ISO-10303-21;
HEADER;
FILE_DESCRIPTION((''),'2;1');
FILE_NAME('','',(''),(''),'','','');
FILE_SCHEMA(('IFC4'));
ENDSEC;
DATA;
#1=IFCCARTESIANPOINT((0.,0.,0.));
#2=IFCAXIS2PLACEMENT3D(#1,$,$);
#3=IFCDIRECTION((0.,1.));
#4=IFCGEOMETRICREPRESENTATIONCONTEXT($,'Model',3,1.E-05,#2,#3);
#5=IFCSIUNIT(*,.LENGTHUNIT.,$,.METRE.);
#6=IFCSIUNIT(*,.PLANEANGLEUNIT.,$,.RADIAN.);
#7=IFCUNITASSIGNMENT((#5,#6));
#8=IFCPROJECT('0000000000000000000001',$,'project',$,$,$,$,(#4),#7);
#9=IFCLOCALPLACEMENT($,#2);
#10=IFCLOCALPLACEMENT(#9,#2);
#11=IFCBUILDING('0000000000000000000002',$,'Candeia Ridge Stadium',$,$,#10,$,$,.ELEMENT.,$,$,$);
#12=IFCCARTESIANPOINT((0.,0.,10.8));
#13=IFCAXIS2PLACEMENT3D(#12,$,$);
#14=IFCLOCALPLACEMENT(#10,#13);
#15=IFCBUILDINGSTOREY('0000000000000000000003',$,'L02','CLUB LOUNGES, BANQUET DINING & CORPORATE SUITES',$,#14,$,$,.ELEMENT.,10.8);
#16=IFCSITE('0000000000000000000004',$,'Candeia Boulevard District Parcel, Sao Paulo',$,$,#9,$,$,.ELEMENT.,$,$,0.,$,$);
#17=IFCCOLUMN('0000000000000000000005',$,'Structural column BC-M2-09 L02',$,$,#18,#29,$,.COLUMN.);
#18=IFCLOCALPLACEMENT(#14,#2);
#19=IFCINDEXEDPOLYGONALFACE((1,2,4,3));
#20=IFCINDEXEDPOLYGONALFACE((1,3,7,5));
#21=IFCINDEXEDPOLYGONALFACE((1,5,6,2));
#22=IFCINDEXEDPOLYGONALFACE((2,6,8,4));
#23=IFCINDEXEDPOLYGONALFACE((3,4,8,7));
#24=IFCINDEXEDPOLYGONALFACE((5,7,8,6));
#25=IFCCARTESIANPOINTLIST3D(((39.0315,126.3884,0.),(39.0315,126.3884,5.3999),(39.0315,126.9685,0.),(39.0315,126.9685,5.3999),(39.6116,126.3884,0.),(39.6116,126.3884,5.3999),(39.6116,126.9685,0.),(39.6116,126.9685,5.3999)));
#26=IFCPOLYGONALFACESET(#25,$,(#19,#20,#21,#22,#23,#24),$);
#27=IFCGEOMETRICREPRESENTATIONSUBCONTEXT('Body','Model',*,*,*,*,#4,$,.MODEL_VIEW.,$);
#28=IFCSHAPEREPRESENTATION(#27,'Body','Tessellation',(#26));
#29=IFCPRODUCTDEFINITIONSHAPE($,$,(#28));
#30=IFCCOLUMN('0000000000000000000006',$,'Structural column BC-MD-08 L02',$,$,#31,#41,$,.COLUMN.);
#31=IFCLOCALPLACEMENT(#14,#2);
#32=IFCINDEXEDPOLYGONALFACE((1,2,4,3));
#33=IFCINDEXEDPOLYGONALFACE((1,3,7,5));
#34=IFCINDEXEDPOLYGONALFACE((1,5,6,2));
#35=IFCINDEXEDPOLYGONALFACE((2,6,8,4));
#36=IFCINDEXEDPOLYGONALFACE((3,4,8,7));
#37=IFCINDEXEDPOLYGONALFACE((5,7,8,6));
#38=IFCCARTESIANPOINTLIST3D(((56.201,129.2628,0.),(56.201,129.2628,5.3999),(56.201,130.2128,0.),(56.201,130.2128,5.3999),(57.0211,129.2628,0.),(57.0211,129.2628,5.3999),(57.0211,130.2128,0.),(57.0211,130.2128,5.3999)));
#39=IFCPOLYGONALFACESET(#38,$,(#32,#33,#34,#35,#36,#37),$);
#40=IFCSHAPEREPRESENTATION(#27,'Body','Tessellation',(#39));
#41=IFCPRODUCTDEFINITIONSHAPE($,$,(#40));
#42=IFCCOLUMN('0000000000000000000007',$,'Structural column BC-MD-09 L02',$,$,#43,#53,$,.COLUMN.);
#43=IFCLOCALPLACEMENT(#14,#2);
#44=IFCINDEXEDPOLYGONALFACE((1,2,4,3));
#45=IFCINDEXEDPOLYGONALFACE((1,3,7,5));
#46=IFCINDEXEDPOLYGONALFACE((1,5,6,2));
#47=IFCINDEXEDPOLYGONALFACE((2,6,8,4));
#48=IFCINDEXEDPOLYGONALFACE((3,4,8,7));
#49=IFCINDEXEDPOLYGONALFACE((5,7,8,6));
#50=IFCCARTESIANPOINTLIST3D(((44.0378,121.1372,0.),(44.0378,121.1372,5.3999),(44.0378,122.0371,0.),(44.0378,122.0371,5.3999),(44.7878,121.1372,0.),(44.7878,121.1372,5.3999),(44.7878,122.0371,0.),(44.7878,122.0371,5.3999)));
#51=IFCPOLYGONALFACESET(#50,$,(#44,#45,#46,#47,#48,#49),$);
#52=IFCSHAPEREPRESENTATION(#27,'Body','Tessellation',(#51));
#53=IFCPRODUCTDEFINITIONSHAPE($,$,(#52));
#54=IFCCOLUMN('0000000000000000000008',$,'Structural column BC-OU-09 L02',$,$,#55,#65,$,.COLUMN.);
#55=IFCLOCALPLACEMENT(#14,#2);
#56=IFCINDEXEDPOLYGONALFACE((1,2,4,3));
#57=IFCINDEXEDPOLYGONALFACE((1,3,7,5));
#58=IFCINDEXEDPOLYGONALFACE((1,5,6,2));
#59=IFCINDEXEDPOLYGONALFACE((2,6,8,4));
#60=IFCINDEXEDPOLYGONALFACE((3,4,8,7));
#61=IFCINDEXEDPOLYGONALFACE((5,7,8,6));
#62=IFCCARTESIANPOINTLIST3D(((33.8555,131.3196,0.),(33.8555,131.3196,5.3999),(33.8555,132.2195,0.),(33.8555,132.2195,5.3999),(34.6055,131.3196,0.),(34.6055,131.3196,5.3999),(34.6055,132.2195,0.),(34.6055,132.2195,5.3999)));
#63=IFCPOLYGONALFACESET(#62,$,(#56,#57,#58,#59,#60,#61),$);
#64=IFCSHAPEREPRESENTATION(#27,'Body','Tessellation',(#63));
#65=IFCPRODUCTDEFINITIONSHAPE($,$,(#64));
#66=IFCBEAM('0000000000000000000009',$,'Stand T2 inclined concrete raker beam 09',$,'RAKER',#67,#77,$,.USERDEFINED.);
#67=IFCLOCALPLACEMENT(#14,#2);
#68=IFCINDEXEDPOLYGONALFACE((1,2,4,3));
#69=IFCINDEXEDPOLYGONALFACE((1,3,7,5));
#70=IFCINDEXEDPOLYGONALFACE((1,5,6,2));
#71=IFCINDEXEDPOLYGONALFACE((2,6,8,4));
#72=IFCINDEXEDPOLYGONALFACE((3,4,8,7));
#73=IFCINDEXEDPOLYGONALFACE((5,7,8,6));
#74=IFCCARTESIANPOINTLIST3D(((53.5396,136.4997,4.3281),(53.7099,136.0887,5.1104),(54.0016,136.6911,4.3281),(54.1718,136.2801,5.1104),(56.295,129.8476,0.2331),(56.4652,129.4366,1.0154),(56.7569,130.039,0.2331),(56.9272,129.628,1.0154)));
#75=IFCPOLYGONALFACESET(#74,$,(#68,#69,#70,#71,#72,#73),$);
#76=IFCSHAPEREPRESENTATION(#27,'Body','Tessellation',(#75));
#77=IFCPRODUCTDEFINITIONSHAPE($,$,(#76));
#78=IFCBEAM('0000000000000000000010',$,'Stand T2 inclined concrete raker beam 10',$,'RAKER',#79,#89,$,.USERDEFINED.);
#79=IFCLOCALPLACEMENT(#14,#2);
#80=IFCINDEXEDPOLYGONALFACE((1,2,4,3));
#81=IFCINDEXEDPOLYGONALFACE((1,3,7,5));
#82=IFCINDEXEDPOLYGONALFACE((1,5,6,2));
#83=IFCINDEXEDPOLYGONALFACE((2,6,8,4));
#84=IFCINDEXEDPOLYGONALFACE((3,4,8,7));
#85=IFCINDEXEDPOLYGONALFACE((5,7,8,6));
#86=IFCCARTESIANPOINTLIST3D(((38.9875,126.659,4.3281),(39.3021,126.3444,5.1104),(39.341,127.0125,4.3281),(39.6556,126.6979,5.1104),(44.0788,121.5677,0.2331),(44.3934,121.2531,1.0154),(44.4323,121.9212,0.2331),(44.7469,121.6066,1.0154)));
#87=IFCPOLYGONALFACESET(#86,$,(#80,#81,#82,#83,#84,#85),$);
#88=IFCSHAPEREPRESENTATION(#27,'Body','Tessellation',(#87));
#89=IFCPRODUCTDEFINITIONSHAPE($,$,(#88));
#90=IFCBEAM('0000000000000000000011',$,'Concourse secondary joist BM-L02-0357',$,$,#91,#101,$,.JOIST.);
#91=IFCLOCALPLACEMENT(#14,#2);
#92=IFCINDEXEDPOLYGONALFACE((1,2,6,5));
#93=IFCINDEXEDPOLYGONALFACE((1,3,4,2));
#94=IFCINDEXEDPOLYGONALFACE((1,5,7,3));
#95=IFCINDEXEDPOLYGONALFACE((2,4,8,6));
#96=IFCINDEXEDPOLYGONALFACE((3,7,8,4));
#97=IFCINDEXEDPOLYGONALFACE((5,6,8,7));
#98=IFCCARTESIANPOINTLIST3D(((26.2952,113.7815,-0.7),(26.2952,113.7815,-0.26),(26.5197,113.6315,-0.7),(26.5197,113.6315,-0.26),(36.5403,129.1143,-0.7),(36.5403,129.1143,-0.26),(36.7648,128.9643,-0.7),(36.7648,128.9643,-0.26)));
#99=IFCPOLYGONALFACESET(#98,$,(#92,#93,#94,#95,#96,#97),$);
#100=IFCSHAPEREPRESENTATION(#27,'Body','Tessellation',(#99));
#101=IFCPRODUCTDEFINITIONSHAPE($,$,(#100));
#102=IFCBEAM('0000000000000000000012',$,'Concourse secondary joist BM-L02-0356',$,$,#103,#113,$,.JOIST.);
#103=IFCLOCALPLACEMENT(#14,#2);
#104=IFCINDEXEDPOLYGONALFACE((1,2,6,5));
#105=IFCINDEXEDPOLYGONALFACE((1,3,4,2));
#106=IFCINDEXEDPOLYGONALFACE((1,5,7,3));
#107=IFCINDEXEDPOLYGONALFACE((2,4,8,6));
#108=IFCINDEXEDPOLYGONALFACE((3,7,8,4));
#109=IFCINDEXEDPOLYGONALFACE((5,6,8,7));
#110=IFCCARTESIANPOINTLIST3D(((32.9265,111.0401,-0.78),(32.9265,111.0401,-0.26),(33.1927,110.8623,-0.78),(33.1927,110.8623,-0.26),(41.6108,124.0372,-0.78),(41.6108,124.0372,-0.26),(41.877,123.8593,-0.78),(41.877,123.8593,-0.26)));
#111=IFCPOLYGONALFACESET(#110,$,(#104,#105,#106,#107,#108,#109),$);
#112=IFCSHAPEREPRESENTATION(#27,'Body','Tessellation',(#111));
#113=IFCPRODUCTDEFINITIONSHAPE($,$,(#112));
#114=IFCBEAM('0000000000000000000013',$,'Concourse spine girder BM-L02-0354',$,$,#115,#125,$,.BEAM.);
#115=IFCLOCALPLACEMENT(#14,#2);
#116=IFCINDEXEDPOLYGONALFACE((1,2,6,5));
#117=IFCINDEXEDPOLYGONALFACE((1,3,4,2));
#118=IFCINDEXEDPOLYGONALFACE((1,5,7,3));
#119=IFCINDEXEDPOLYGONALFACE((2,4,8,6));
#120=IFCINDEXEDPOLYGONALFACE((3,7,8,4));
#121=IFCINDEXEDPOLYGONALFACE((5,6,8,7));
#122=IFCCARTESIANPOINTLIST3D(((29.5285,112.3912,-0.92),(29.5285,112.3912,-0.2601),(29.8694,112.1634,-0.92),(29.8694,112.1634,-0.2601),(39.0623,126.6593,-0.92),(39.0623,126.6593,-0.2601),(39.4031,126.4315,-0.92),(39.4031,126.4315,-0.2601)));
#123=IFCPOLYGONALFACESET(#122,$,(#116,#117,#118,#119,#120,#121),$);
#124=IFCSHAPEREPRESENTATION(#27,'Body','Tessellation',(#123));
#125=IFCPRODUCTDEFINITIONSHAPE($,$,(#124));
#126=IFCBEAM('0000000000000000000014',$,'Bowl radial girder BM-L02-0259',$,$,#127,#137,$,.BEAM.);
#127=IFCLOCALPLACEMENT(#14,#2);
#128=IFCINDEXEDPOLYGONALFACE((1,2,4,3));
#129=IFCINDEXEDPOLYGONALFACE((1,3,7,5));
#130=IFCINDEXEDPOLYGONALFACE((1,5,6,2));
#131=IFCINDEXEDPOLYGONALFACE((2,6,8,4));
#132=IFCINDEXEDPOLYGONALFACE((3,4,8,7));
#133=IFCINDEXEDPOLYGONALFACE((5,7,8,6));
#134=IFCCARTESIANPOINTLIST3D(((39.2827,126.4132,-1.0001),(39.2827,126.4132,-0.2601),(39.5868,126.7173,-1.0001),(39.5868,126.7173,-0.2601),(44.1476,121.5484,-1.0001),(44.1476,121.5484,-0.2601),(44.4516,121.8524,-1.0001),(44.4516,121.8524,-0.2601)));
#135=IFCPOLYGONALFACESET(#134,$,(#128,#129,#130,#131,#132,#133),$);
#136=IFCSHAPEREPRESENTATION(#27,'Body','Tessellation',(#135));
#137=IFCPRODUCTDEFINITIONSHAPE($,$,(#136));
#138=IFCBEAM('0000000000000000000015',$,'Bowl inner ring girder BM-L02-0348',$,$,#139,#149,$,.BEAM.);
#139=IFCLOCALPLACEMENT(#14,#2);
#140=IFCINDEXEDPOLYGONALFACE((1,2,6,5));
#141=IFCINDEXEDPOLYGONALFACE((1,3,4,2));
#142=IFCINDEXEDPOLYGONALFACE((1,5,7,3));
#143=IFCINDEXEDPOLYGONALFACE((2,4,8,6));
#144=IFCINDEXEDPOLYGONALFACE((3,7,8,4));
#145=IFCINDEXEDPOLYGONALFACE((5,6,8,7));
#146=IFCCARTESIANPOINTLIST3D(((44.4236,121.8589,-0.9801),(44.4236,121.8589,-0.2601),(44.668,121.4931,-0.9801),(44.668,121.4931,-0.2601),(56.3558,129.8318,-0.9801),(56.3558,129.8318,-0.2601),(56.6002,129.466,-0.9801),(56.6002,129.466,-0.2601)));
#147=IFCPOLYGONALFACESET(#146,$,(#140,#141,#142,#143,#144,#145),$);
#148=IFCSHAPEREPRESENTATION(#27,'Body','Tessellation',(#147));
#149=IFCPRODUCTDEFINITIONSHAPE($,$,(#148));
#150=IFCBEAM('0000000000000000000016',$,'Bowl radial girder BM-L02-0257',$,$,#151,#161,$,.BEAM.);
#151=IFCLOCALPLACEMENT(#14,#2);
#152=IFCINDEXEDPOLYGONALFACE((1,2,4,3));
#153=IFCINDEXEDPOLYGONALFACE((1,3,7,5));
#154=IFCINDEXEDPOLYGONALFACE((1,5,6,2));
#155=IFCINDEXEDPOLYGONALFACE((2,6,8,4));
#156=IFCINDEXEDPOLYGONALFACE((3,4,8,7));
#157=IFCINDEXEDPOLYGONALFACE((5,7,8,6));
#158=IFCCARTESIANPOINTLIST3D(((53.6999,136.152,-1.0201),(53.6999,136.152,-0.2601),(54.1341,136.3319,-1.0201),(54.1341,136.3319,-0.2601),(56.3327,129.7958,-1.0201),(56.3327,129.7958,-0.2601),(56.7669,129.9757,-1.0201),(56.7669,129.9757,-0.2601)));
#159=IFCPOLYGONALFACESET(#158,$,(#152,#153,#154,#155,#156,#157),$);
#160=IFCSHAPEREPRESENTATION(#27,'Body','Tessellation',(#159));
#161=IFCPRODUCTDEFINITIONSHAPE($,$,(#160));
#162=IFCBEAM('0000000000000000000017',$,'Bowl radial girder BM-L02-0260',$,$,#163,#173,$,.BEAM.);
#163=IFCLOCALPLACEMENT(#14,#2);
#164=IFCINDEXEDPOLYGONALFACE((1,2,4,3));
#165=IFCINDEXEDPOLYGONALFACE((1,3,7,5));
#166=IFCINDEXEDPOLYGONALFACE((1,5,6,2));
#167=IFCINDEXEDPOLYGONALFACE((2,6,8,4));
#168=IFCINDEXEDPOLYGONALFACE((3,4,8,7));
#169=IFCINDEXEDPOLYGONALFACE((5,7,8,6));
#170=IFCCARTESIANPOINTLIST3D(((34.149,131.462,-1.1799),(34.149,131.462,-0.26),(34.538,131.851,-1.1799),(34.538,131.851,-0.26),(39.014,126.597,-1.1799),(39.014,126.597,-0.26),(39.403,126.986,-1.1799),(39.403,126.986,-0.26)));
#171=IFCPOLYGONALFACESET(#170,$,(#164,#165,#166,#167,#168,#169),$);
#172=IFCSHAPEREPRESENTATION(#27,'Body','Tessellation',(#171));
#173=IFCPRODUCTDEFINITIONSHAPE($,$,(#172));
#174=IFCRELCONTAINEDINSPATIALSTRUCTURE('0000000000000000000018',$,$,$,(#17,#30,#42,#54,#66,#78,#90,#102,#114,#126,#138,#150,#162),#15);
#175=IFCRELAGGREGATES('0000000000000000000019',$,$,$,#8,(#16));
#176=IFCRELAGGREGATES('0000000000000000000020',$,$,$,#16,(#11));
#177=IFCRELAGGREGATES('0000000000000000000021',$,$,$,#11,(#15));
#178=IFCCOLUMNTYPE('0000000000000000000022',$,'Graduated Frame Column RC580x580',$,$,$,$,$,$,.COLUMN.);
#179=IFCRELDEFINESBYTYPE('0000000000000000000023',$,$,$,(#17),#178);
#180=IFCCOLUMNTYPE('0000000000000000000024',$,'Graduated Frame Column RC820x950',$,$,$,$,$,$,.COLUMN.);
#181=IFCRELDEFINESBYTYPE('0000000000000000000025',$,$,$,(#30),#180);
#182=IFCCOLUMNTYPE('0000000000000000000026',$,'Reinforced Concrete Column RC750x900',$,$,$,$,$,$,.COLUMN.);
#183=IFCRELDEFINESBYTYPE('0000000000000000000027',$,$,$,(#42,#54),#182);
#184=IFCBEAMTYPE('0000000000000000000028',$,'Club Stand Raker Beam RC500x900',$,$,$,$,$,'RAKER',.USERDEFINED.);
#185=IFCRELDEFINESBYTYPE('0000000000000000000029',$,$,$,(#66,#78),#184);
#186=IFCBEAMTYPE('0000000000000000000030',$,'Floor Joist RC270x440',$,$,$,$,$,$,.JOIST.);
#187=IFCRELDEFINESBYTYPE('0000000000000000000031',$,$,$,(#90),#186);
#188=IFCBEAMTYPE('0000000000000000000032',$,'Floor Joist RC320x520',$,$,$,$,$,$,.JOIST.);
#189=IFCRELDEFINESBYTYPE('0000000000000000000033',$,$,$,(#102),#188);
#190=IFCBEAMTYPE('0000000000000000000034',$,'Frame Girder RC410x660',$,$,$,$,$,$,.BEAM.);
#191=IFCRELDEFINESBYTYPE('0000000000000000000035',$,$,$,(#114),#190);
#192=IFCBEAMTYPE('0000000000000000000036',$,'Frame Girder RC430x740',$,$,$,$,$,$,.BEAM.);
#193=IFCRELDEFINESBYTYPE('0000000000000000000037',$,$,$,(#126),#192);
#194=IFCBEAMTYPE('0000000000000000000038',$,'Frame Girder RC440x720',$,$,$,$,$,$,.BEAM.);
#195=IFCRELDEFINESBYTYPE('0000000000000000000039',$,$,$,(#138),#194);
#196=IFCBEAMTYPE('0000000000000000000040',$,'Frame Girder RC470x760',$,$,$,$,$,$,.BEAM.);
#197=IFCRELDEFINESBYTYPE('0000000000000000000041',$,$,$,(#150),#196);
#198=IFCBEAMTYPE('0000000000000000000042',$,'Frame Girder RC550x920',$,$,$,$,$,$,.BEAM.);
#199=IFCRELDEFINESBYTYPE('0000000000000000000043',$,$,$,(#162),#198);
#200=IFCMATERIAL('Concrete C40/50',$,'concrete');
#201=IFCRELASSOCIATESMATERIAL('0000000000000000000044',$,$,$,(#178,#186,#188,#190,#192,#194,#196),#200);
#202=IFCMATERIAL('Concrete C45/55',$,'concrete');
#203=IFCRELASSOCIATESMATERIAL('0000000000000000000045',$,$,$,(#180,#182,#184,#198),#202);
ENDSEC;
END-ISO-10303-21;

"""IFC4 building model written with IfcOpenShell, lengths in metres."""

from ifc_helpers import new_model, si_unit, direction, frame, origin, origin_2d, place, context, subcontext, project, spatial, rectangle, extrude, material, material_profile, profile_set, type_object, element, save


model = new_model("IFC4")

# Units and contexts
model_context = context("Model", 3, precision=1e-05, world=origin(), true_north=direction((0.0, 1.0)))
body_context = subcontext(model_context, "Body", "Model", "MODEL_VIEW")
ifc_project = project(units=[si_unit("LENGTHUNIT", "METRE"), si_unit("PLANEANGLEUNIT", "RADIAN")], contexts=[model_context])

# Site, building, storey
site_placement = place(None, origin())
site = spatial("IfcSite", under=ifc_project, at=site_placement, Name="Candeia Boulevard District Parcel, Sao Paulo", CompositionType="ELEMENT", RefElevation=0.0)
building_placement = place(site_placement, origin())
building = spatial("IfcBuilding", under=site, at=building_placement, Name="Candeia Ridge Stadium", CompositionType="ELEMENT")
storey_placement = place(building_placement, frame((0.0, 0.0, 10.8)))
storey = spatial("IfcBuildingStorey", under=building, at=storey_placement, Name="L02", Description="CLUB LOUNGES, BANQUET DINING & CORPORATE SUITES", CompositionType="ELEMENT", Elevation=10.8)

# Columns
ifc_material_1 = material(Name="Concrete C40/50", Category="concrete")
ifc_material_profile_1 = material_profile(ifc_material_1, rectangle(XDim=0.5801, YDim=0.5801, at=origin_2d()), Name="RC580x580", Category="concrete")
ifc_profile_set_1 = profile_set([ifc_material_profile_1], Name="Concrete C40/50")
column_type_1 = type_object("IfcColumnType", Name="Graduated Frame Column RC580x580", PredefinedType="COLUMN", material=ifc_profile_set_1)
column_1_placement = place(storey_placement, frame((39.3215, 126.6785, 0.0), z_axis=(0.0, 0.0, 1.0), x_axis=(1.0, 0.0, 0.0)))
element("IfcColumn", 1, at=column_1_placement, inside=storey, type_object=column_type_1, Name="Structural column BC-M2-09 L02", PredefinedType="COLUMN", context=body_context, shape_type="SweptSolid", body=[
    extrude(rectangle(XDim=0.5801, YDim=0.5801, at=origin_2d()), origin(), (0.0, 0.0, 1.0), 5.3999),
])
ifc_material_2 = material(Name="Concrete C45/55", Category="concrete")
ifc_material_profile_2 = material_profile(ifc_material_2, rectangle(XDim=0.8201, YDim=0.95, at=origin_2d()), Name="RC820x950", Category="concrete")
ifc_profile_set_2 = profile_set([ifc_material_profile_2], Name="Concrete C45/55")
column_type_2 = type_object("IfcColumnType", Name="Graduated Frame Column RC820x950", PredefinedType="COLUMN", material=ifc_profile_set_2)
column_2_placement = place(storey_placement, frame((56.6111, 129.7378, 0.0), z_axis=(0.0, 0.0, 1.0), x_axis=(1.0, 0.0, 0.0)))
element("IfcColumn", 2, at=column_2_placement, inside=storey, type_object=column_type_2, Name="Structural column BC-MD-08 L02", PredefinedType="COLUMN", context=body_context, shape_type="SweptSolid", body=[
    extrude(rectangle(XDim=0.8201, YDim=0.95, at=origin_2d()), origin(), (0.0, 0.0, 1.0), 5.3999),
])
ifc_material_profile_3 = material_profile(ifc_material_2, rectangle(XDim=0.75, YDim=0.8999, at=origin_2d()), Name="RC750x900", Category="concrete")
ifc_profile_set_3 = profile_set([ifc_material_profile_3], Name="Concrete C45/55")
column_type_3 = type_object("IfcColumnType", Name="Reinforced Concrete Column RC750x900", PredefinedType="COLUMN", material=ifc_profile_set_3)
for number, where, z_axis, x_axis, name in (
    (3, (44.4128, 121.5872, 0.0), (0.0, 0.0, 1.0), (1.0, 0.0, 0.0), "Structural column BC-MD-09 L02"),
    (4, (34.2305, 131.7695, 0.0), (0.0, 0.0, 1.0), (1.0, 0.0, 0.0), "Structural column BC-OU-09 L02"),
):
    element("IfcColumn", number, at=place(storey_placement, frame(where, z_axis=z_axis, x_axis=x_axis)), inside=storey, type_object=column_type_3, Name=name, PredefinedType="COLUMN", context=body_context, shape_type="SweptSolid", body=[
        extrude(rectangle(XDim=0.75, YDim=0.8999, at=origin_2d()), origin(), (0.0, 0.0, 1.0), 5.3999),
    ])

# Beams
ifc_material_profile_4 = material_profile(ifc_material_2, rectangle(XDim=0.5, YDim=0.8999, at=origin_2d()), Name="RC500x900", Category="concrete")
ifc_profile_set_4 = profile_set([ifc_material_profile_4], Name="Concrete C45/55")
beam_type_1 = type_object("IfcBeamType", Name="Club Stand Raker Beam RC500x900", ElementType="RAKER", PredefinedType="USERDEFINED", material=ifc_profile_set_4)
for number, where, z_axis, x_axis, name in (
    (5, (56.6111, 129.7378, 0.6243), (-0.332646, 0.803084, 0.494371), (-0.92388, -0.382681, 0.0), "Stand T2 inclined concrete raker beam 09"),
    (6, (44.4128, 121.5872, 0.6243), (-0.614654, 0.614654, 0.49437), (-0.707107, -0.707107, 0.0), "Stand T2 inclined concrete raker beam 10"),
):
    element("IfcBeam", number, at=place(storey_placement, frame(where, z_axis=z_axis, x_axis=x_axis)), inside=storey, type_object=beam_type_1, Name=name, ObjectType="RAKER", PredefinedType="USERDEFINED", context=body_context, shape_type="SweptSolid", body=[
        extrude(rectangle(XDim=0.5, YDim=0.8999, at=origin_2d()), origin(), (0.0, 0.0, 1.0), 8.2832),
    ])
ifc_material_profile_5 = material_profile(ifc_material_1, rectangle(XDim=0.27, YDim=0.4399, at=origin_2d()), Name="RC270x440", Category="concrete")
ifc_profile_set_5 = profile_set([ifc_material_profile_5], Name="Concrete C40/50")
beam_type_2 = type_object("IfcBeamType", Name="Floor Joist RC270x440", PredefinedType="JOIST", material=ifc_profile_set_5)
beam_1_placement = place(storey_placement, frame((36.6526, 129.0393, -0.48), z_axis=(-0.555574, -0.831467, 0.0), x_axis=(0.831467, -0.555574, 0.0)))
element("IfcBeam", 7, at=beam_1_placement, inside=storey, type_object=beam_type_2, Name="Concourse secondary joist BM-L02-0357", PredefinedType="JOIST", context=body_context, shape_type="SweptSolid", body=[
    extrude(rectangle(XDim=0.27, YDim=0.4399, at=origin_2d()), origin(), (0.0, 0.0, 1.0), 18.4407),
])
ifc_material_profile_6 = material_profile(ifc_material_1, rectangle(XDim=0.3201, YDim=0.52, at=origin_2d()), Name="RC320x520", Category="concrete")
ifc_profile_set_6 = profile_set([ifc_material_profile_6], Name="Concrete C40/50")
beam_type_3 = type_object("IfcBeamType", Name="Floor Joist RC320x520", PredefinedType="JOIST", material=ifc_profile_set_6)
beam_2_placement = place(storey_placement, frame((41.7439, 123.9482, -0.52), z_axis=(-0.555569, -0.831471, 0.0), x_axis=(0.831471, -0.555569, 0.0)))
element("IfcBeam", 8, at=beam_2_placement, inside=storey, type_object=beam_type_3, Name="Concourse secondary joist BM-L02-0356", PredefinedType="JOIST", context=body_context, shape_type="SweptSolid", body=[
    extrude(rectangle(XDim=0.3201, YDim=0.52, at=origin_2d()), origin(), (0.0, 0.0, 1.0), 15.6313),
])
ifc_material_profile_7 = material_profile(ifc_material_1, rectangle(XDim=0.4099, YDim=0.6599, at=origin_2d()), Name="RC410x660", Category="concrete")
ifc_profile_set_7 = profile_set([ifc_material_profile_7], Name="Concrete C40/50")
beam_type_4 = type_object("IfcBeamType", Name="Frame Girder RC410x660", PredefinedType="BEAM", material=ifc_profile_set_7)
beam_3_placement = place(storey_placement, frame((39.2327, 126.5454, -0.5901), z_axis=(-0.555573, -0.831468, 0.0), x_axis=(0.831468, -0.555573, 0.0)))
element("IfcBeam", 9, at=beam_3_placement, inside=storey, type_object=beam_type_4, Name="Concourse spine girder BM-L02-0354", PredefinedType="BEAM", context=body_context, shape_type="SweptSolid", body=[
    extrude(rectangle(XDim=0.4099, YDim=0.6599, at=origin_2d()), origin(), (0.0, 0.0, 1.0), 17.1602),
])
ifc_material_profile_8 = material_profile(ifc_material_1, rectangle(XDim=0.4299, YDim=0.74, at=origin_2d()), Name="RC430x740", Category="concrete")
ifc_profile_set_8 = profile_set([ifc_material_profile_8], Name="Concrete C40/50")
beam_type_5 = type_object("IfcBeamType", Name="Frame Girder RC430x740", PredefinedType="BEAM", material=ifc_profile_set_8)
beam_4_placement = place(storey_placement, frame((44.2996, 121.7004, -0.6301), z_axis=(-0.707107, 0.707107, 0.0), x_axis=(-0.707107, -0.707107, 0.0)))
element("IfcBeam", 10, at=beam_4_placement, inside=storey, type_object=beam_type_5, Name="Bowl radial girder BM-L02-0259", PredefinedType="BEAM", context=body_context, shape_type="SweptSolid", body=[
    extrude(rectangle(XDim=0.4299, YDim=0.74, at=origin_2d()), origin(), (0.0, 0.0, 1.0), 6.8799),
])
ifc_material_profile_9 = material_profile(ifc_material_1, rectangle(XDim=0.4399, YDim=0.72, at=origin_2d()), Name="RC440x720", Category="concrete")
ifc_profile_set_9 = profile_set([ifc_material_profile_9], Name="Concrete C40/50")
beam_type_6 = type_object("IfcBeamType", Name="Frame Girder RC440x720", PredefinedType="BEAM", material=ifc_profile_set_9)
beam_5_placement = place(storey_placement, frame((56.478, 129.6489, -0.6201), z_axis=(-0.831466, -0.555575, 0.0), x_axis=(0.555575, -0.831466, 0.0)))
element("IfcBeam", 11, at=beam_5_placement, inside=storey, type_object=beam_type_6, Name="Bowl inner ring girder BM-L02-0348", PredefinedType="BEAM", context=body_context, shape_type="SweptSolid", body=[
    extrude(rectangle(XDim=0.4399, YDim=0.72, at=origin_2d()), origin(), (0.0, 0.0, 1.0), 14.3508),
])
ifc_material_profile_10 = material_profile(ifc_material_1, rectangle(XDim=0.47, YDim=0.76, at=origin_2d()), Name="RC470x760", Category="concrete")
ifc_profile_set_10 = profile_set([ifc_material_profile_10], Name="Concrete C40/50")
beam_type_7 = type_object("IfcBeamType", Name="Frame Girder RC470x760", PredefinedType="BEAM", material=ifc_profile_set_10)
beam_6_placement = place(storey_placement, frame((56.5498, 129.8857, -0.6401), z_axis=(-0.382682, 0.92388, 0.0), x_axis=(-0.92388, -0.382682, 0.0)))
element("IfcBeam", 12, at=beam_6_placement, inside=storey, type_object=beam_type_7, Name="Bowl radial girder BM-L02-0257", PredefinedType="BEAM", context=body_context, shape_type="SweptSolid", body=[
    extrude(rectangle(XDim=0.47, YDim=0.76, at=origin_2d()), origin(), (0.0, 0.0, 1.0), 6.8799),
])
ifc_material_profile_11 = material_profile(ifc_material_2, rectangle(XDim=0.55, YDim=0.9199, at=origin_2d()), Name="RC550x920", Category="concrete")
ifc_profile_set_11 = profile_set([ifc_material_profile_11], Name="Concrete C45/55")
beam_type_8 = type_object("IfcBeamType", Name="Frame Girder RC550x920", PredefinedType="BEAM", material=ifc_profile_set_11)
beam_7_placement = place(storey_placement, frame((39.2085, 126.7915, -0.72), z_axis=(-0.707107, 0.707107, 0.0), x_axis=(-0.707107, -0.707107, 0.0)))
element("IfcBeam", 13, at=beam_7_placement, inside=storey, type_object=beam_type_8, Name="Bowl radial girder BM-L02-0260", PredefinedType="BEAM", context=body_context, shape_type="SweptSolid", body=[
    extrude(rectangle(XDim=0.55, YDim=0.9199, at=origin_2d()), origin(), (0.0, 0.0, 1.0), 6.8801),
])

save(model, "model.ifc")
